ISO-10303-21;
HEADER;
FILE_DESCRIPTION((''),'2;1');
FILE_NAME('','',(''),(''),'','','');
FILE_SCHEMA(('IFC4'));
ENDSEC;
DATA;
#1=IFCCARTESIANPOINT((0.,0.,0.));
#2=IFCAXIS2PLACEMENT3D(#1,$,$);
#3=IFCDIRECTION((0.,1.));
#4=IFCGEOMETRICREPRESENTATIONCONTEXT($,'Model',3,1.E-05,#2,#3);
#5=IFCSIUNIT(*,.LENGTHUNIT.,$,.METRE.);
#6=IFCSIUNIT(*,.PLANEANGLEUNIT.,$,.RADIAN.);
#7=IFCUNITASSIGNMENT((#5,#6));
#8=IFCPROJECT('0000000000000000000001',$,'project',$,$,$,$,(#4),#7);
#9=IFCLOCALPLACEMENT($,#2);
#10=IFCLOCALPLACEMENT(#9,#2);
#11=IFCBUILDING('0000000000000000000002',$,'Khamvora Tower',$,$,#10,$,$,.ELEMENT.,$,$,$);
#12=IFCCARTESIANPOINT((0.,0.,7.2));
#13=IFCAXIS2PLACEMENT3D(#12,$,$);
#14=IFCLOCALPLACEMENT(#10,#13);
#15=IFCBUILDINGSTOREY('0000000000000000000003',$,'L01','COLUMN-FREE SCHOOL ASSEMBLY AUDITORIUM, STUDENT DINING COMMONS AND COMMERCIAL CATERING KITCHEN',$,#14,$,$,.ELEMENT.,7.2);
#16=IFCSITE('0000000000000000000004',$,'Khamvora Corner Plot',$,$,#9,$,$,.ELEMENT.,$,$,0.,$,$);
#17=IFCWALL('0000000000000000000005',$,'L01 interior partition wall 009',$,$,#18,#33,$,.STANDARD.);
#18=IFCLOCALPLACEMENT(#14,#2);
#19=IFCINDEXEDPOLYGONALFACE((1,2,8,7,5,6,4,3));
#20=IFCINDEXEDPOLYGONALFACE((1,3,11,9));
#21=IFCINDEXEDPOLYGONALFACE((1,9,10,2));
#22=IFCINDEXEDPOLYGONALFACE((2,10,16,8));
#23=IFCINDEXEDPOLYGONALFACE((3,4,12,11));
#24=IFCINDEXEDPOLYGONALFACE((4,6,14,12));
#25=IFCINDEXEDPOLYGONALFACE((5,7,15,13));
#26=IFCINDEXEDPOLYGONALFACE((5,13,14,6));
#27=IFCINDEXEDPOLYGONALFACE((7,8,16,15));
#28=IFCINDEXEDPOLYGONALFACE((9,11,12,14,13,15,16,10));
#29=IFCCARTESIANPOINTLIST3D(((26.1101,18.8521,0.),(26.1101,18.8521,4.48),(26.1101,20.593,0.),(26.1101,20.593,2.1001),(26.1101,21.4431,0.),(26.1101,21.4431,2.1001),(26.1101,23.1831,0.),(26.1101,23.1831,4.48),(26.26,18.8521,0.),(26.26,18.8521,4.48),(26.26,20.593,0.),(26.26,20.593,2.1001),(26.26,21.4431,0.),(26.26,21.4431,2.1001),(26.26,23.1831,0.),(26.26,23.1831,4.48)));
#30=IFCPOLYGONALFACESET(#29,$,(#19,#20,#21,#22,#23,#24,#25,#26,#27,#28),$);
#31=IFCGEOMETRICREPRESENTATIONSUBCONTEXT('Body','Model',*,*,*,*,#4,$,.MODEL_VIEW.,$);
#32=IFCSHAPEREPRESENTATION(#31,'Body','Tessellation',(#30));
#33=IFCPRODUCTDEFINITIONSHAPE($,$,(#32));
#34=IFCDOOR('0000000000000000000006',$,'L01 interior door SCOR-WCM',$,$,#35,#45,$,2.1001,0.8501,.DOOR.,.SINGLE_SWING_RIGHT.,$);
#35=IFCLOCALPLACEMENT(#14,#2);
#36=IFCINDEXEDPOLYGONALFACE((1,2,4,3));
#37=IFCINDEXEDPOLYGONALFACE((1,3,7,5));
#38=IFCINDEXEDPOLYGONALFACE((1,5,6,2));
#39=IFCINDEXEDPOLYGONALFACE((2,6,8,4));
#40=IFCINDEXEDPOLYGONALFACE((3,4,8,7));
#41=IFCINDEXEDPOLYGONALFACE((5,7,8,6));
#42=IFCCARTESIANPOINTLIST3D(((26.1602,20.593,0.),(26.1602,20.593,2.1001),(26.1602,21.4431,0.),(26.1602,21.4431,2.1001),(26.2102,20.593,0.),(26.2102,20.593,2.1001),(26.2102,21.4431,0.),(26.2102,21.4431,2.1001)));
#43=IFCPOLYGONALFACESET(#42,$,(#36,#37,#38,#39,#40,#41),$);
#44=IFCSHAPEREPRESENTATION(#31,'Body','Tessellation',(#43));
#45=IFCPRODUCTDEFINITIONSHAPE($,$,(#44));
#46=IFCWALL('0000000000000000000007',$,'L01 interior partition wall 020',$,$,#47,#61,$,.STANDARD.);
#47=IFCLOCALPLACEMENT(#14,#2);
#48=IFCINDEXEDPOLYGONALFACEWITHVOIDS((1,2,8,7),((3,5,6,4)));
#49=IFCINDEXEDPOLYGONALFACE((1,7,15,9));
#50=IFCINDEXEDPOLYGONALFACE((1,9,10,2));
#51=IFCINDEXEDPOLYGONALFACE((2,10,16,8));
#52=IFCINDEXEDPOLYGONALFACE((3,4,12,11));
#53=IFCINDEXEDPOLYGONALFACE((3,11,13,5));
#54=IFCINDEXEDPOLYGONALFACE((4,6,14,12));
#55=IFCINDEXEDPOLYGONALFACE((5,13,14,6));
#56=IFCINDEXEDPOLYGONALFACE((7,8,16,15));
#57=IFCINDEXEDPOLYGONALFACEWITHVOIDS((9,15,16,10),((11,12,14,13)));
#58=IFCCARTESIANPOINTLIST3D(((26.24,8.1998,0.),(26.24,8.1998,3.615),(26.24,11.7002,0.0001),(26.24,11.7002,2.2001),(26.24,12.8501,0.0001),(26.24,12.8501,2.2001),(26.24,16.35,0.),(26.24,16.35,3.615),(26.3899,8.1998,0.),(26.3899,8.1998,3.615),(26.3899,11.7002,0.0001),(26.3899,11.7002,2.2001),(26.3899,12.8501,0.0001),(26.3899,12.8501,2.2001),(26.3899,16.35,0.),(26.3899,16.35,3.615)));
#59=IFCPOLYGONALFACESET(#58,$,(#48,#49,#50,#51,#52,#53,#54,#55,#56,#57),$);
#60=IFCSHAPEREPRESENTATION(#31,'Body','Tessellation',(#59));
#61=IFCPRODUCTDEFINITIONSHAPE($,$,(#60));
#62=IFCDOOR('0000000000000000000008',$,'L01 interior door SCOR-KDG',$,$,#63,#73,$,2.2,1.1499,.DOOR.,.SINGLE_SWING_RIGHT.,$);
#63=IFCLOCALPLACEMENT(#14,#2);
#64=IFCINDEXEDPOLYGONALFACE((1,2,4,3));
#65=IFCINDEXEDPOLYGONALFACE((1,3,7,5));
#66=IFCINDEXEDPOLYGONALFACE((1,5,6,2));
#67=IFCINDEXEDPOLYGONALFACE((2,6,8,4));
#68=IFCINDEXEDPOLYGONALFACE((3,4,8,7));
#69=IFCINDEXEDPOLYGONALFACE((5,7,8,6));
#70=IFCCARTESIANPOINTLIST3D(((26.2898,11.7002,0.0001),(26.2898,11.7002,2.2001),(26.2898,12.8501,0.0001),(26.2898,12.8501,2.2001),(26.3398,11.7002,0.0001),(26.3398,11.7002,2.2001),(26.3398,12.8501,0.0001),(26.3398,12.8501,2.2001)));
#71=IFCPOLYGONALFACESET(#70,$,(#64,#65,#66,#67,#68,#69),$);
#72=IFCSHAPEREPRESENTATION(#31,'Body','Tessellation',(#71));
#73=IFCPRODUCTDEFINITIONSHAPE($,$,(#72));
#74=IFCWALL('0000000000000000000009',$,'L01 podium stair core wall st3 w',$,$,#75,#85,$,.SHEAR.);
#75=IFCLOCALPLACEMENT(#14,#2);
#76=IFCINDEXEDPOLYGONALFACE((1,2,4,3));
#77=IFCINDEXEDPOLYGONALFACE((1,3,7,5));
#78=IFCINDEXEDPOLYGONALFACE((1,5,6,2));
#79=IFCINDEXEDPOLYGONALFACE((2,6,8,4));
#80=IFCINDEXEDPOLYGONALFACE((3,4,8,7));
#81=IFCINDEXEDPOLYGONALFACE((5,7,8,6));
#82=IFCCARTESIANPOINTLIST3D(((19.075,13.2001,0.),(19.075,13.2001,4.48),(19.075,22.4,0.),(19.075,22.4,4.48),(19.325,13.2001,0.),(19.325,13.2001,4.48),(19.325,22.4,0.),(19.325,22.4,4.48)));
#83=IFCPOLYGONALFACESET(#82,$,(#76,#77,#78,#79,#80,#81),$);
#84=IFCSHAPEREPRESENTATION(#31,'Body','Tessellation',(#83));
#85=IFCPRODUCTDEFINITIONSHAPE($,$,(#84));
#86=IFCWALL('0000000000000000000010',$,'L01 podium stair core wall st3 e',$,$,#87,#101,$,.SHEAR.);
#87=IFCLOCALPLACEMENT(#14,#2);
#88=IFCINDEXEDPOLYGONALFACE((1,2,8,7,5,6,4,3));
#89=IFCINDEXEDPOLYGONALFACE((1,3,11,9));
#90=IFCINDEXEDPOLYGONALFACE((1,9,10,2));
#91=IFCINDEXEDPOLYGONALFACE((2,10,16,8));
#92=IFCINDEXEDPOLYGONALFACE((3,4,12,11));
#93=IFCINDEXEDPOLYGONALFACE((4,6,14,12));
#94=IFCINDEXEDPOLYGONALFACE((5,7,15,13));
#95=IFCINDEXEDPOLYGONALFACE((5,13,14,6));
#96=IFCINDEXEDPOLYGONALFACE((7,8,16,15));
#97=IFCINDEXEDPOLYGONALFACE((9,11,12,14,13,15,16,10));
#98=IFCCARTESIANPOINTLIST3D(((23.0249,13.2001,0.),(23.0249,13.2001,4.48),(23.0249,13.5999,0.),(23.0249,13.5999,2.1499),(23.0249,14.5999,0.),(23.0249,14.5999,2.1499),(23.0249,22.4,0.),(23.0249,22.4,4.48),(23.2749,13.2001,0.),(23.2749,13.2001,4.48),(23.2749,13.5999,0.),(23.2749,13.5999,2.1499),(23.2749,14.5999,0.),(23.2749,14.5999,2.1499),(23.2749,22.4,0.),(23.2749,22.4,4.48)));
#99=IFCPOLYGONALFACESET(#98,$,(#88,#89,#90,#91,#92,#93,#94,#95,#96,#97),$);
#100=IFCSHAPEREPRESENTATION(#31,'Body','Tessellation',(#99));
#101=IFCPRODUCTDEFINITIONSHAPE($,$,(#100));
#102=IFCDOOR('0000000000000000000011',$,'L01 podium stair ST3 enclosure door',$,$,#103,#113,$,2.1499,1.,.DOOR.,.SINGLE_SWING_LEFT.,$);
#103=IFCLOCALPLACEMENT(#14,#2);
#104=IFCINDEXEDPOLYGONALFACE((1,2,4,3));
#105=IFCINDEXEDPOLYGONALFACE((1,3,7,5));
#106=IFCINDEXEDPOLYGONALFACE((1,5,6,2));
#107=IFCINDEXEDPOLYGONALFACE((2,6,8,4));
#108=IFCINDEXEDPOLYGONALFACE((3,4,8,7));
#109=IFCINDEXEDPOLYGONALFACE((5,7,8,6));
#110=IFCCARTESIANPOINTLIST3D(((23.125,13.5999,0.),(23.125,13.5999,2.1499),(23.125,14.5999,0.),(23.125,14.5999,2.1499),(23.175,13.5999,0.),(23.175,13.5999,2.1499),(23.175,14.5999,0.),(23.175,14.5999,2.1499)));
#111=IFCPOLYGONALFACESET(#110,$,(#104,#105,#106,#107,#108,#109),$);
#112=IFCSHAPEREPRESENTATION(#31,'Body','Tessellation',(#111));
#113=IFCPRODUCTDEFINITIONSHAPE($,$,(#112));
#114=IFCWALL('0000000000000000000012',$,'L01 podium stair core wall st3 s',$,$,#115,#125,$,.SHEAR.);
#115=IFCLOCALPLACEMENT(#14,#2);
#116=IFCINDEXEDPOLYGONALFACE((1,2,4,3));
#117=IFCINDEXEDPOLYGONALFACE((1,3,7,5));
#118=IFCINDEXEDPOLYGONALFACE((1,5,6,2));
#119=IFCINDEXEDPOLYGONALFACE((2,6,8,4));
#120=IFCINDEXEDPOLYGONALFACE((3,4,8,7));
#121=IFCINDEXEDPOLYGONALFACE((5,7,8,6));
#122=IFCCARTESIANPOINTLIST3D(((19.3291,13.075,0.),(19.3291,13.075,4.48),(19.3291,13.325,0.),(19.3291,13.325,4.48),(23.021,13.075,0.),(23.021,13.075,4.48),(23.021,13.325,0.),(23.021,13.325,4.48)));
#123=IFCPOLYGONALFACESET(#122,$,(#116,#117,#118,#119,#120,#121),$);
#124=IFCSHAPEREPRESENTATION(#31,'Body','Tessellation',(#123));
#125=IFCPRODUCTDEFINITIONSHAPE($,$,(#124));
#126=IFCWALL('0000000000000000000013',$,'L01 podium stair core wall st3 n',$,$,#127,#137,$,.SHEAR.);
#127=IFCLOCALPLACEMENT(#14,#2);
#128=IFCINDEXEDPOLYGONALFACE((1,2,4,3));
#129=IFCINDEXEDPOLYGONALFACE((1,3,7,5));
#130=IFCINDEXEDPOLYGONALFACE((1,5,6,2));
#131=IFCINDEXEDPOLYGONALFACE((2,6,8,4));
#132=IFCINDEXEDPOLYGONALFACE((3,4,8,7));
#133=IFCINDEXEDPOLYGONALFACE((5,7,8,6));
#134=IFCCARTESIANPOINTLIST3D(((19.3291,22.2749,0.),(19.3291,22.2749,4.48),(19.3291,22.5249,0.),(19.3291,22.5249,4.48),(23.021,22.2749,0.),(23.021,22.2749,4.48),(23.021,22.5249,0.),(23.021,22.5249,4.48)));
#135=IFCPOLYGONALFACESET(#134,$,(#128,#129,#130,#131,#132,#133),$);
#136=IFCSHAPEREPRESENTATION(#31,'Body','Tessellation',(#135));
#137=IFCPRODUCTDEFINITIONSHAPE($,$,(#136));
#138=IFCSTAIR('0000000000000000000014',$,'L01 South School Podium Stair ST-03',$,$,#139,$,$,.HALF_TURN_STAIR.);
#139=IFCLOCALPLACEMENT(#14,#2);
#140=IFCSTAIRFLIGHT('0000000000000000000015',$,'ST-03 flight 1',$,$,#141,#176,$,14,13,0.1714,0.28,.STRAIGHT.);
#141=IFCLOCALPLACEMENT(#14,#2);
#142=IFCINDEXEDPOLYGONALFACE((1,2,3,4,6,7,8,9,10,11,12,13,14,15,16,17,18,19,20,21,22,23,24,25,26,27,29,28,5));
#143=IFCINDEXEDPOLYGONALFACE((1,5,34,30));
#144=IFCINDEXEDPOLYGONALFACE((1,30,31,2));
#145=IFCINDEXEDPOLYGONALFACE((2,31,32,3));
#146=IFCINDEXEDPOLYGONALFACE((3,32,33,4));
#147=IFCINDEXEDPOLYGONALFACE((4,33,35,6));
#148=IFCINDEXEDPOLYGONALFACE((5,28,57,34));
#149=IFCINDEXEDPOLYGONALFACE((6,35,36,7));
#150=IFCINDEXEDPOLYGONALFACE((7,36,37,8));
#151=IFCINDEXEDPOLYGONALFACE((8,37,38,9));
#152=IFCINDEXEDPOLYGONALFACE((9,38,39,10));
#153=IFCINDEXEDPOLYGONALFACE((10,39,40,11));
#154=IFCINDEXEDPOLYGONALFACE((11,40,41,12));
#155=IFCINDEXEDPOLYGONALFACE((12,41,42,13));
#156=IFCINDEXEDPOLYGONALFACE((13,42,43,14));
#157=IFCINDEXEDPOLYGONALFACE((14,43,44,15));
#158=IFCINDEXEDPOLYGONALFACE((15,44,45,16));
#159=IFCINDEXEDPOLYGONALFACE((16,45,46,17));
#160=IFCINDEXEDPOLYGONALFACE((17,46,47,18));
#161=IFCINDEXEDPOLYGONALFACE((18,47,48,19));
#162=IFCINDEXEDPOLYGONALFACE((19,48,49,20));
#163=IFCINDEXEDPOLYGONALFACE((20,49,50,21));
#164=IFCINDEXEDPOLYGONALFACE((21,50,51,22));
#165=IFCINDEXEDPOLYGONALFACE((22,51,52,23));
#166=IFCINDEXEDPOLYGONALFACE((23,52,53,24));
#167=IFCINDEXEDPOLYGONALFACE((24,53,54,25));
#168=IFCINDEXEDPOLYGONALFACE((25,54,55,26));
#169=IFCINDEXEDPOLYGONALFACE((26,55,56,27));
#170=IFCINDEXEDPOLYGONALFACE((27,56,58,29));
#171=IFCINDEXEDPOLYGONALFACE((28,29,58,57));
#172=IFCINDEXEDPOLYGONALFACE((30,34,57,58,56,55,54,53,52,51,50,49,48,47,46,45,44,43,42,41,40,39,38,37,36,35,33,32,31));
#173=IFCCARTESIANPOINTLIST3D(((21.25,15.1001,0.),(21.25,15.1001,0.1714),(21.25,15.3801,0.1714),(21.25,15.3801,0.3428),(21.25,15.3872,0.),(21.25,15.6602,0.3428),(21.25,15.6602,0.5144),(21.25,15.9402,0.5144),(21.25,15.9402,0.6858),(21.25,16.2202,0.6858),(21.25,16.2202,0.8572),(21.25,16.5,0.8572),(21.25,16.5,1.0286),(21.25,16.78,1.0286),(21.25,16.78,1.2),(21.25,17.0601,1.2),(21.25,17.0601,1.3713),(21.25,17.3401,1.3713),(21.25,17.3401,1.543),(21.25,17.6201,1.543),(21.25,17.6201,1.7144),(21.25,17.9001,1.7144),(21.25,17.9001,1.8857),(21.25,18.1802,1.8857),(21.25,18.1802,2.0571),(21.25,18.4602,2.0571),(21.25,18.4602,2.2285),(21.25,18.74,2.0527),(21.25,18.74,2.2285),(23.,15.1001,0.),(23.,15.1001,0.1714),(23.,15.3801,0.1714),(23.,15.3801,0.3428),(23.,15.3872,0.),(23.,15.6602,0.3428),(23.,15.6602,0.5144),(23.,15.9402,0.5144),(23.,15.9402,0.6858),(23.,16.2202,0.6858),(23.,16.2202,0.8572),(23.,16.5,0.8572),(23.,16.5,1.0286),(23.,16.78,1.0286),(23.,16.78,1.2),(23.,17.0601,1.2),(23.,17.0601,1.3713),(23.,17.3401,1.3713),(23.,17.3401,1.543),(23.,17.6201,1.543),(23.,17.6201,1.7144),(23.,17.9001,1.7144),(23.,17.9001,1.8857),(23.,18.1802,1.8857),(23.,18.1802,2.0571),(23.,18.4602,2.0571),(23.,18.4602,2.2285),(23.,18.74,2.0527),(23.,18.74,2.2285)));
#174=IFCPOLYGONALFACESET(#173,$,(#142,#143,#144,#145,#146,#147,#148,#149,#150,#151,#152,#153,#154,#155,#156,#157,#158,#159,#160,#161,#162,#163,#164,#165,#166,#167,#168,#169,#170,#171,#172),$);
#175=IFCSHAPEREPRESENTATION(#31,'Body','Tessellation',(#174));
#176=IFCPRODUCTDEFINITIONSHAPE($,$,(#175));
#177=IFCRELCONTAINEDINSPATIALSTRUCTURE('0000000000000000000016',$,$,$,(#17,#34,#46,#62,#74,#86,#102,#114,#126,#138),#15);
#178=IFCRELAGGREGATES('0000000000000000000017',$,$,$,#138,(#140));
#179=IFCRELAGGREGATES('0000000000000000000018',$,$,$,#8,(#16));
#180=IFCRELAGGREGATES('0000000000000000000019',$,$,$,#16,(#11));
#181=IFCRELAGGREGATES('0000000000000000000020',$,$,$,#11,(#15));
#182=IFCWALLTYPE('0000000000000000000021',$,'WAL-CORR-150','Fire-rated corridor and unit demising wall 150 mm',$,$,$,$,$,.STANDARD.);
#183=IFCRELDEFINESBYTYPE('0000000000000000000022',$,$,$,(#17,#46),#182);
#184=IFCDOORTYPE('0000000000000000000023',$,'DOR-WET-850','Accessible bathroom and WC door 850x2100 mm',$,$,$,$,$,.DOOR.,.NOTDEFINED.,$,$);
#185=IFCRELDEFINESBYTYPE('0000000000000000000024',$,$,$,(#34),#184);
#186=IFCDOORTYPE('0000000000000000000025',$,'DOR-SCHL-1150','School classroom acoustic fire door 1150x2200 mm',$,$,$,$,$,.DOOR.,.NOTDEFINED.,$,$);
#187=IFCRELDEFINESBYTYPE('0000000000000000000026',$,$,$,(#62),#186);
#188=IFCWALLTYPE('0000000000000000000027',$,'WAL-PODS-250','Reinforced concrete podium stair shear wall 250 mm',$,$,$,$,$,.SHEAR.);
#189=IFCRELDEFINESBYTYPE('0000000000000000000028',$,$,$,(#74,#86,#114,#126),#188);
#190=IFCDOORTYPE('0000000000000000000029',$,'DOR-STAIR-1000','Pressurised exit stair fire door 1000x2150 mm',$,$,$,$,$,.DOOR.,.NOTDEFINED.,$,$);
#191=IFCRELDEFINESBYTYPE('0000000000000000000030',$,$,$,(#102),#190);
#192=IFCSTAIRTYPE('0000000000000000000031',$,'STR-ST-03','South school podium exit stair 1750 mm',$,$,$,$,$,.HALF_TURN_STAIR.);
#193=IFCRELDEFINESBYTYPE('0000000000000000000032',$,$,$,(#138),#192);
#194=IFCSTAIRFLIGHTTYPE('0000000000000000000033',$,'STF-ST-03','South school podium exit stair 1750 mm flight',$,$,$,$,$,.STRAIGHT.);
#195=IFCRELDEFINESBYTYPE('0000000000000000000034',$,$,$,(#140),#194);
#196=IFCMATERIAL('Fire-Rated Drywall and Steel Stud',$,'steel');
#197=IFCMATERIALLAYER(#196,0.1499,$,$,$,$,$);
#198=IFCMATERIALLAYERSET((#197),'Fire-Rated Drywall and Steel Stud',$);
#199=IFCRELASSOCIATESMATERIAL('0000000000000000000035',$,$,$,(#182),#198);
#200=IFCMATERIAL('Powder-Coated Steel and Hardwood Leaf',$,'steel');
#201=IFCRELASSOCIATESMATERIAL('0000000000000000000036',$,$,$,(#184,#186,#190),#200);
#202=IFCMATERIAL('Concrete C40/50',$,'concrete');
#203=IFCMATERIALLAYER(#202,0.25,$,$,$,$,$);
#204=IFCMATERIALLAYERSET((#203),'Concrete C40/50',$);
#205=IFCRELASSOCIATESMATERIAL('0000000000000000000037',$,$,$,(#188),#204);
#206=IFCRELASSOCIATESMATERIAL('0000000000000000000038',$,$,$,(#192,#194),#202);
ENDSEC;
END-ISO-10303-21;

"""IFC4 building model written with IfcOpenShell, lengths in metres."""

from ifc_helpers import new_model, si_unit, direction, frame, frame_2d, origin, place, context, subcontext, project, spatial, polyline, rectangle, outline, extrude, material, layer, layer_set, type_object, element, fill, aggregate, save


model = new_model("IFC4")

# Units and contexts
model_context = context("Model", 3, precision=1e-05, world=origin(), true_north=direction((0.0, 1.0)))
body_context = subcontext(model_context, "Body", "Model", "MODEL_VIEW")
ifc_project = project(units=[si_unit("LENGTHUNIT", "METRE"), si_unit("PLANEANGLEUNIT", "RADIAN")], contexts=[model_context])

# Site, building, storey
site_placement = place(None, origin())
site = spatial("IfcSite", under=ifc_project, at=site_placement, Name="Khamvora Corner Plot", CompositionType="ELEMENT", RefElevation=0.0)
building_placement = place(site_placement, origin())
building = spatial("IfcBuilding", under=site, at=building_placement, Name="Khamvora Tower", CompositionType="ELEMENT")
storey_placement = place(building_placement, frame((0.0, 0.0, 7.2)))
storey = spatial("IfcBuildingStorey", under=building, at=storey_placement, Name="L01", Description="COLUMN-FREE SCHOOL ASSEMBLY AUDITORIUM, STUDENT DINING COMMONS AND COMMERCIAL CATERING KITCHEN", CompositionType="ELEMENT", Elevation=7.2)

# Shared definitions
ifc_material_1 = material(Name="Fire-Rated Drywall and Steel Stud", Category="steel")
ifc_layer_1 = layer(ifc_material_1, 0.1499)
ifc_layer_set_1 = layer_set([ifc_layer_1], Name="Fire-Rated Drywall and Steel Stud")
wall_type_1 = type_object("IfcWallType", Name="WAL-CORR-150", Description="Fire-rated corridor and unit demising wall 150 mm", PredefinedType="STANDARD", material=ifc_layer_set_1)

# Walls, openings, doors
wall_1_placement = place(storey_placement, frame((26.1851, 18.8521, 0.0), z_axis=(0.0, 0.0, 1.0), x_axis=(0.0, 1.0, 0.0)))
wall_1 = element("IfcWall", 1, at=wall_1_placement, inside=storey, type_object=wall_type_1, Name="L01 interior partition wall 009", PredefinedType="STANDARD", context=body_context, shape_type="SweptSolid", body=[
    extrude(rectangle(XDim=4.3311, YDim=0.1499, at=frame_2d((2.1655, 0.0))), origin(), (0.0, 0.0, 1.0), 4.48),
])
opening_1_placement = place(wall_1_placement, frame((1.741, 0.0, 0.0)))
opening_1 = element("IfcOpeningElement", 2, at=opening_1_placement, cuts=wall_1, PredefinedType="OPENING", context=body_context, shape_type="SweptSolid", body=[
    extrude(rectangle(XDim=0.8501, YDim=2.1001, at=frame_2d((0.425, 1.05))), frame((0.0, 0.085, 0.0), z_axis=(0.0, -1.0, 0.0), x_axis=(1.0, 0.0, 0.0)), (0.0, 0.0, 1.0), 0.1699),
])
ifc_material_2 = material(Name="Powder-Coated Steel and Hardwood Leaf", Category="steel")
door_type_1 = type_object("IfcDoorType", Name="DOR-WET-850", Description="Accessible bathroom and WC door 850x2100 mm", OperationType="NOTDEFINED", PredefinedType="DOOR", material=ifc_material_2)
door_1_placement = place(opening_1_placement, origin())
door_1 = element("IfcDoor", 3, at=door_1_placement, inside=storey, type_object=door_type_1, Name="L01 interior door SCOR-WCM", OperationType="SINGLE_SWING_RIGHT", OverallHeight=2.1001, OverallWidth=0.8501, PredefinedType="DOOR", context=body_context, shape_type="SweptSolid", body=[
    extrude(rectangle(XDim=0.8501, YDim=2.1001, at=frame_2d((0.425, 1.05))), frame((0.0, 0.0249, 0.0), z_axis=(0.0, -1.0, 0.0), x_axis=(1.0, 0.0, 0.0)), (0.0, 0.0, 1.0), 0.05),
])
fill(opening_1, door_1)
wall_2_placement = place(storey_placement, frame((26.3149, 16.3501, 0.0), z_axis=(0.0, 0.0, 1.0), x_axis=(0.0, -1.0, 0.0)))
wall_2 = element("IfcWall", 4, at=wall_2_placement, inside=storey, type_object=wall_type_1, Name="L01 interior partition wall 020", PredefinedType="STANDARD", context=body_context, shape_type="SweptSolid", body=[
    extrude(rectangle(XDim=8.1501, YDim=0.1499, at=frame_2d((4.0752, 0.0))), origin(), (0.0, 0.0, 1.0), 3.615),
])
opening_2_placement = place(wall_2_placement, frame((3.5, 0.0, 0.0)))
opening_2 = element("IfcOpeningElement", 5, at=opening_2_placement, cuts=wall_2, PredefinedType="OPENING", context=body_context, shape_type="SweptSolid", body=[
    extrude(rectangle(XDim=1.1499, YDim=2.2, at=frame_2d((0.575, 1.1001))), frame((0.0, 0.085, 0.0), z_axis=(0.0, -1.0, 0.0), x_axis=(1.0, 0.0, 0.0)), (0.0, 0.0, 1.0), 0.1699),
])
door_type_2 = type_object("IfcDoorType", Name="DOR-SCHL-1150", Description="School classroom acoustic fire door 1150x2200 mm", OperationType="NOTDEFINED", PredefinedType="DOOR", material=ifc_material_2)
door_2_placement = place(opening_2_placement, origin())
door_2 = element("IfcDoor", 6, at=door_2_placement, inside=storey, type_object=door_type_2, Name="L01 interior door SCOR-KDG", OperationType="SINGLE_SWING_RIGHT", OverallHeight=2.2, OverallWidth=1.1499, PredefinedType="DOOR", context=body_context, shape_type="SweptSolid", body=[
    extrude(rectangle(XDim=1.1499, YDim=2.2, at=frame_2d((0.575, 1.1001))), frame((0.0, 0.0249, 0.0), z_axis=(0.0, -1.0, 0.0), x_axis=(1.0, 0.0, 0.0)), (0.0, 0.0, 1.0), 0.05),
])
fill(opening_2, door_2)

# Wall
ifc_material_3 = material(Name="Concrete C40/50", Category="concrete")
ifc_layer_2 = layer(ifc_material_3, 0.25)
ifc_layer_set_2 = layer_set([ifc_layer_2], Name="Concrete C40/50")
wall_type_2 = type_object("IfcWallType", Name="WAL-PODS-250", Description="Reinforced concrete podium stair shear wall 250 mm", PredefinedType="SHEAR", material=ifc_layer_set_2)
wall_3_placement = place(storey_placement, frame((19.2, 13.2, 0.0), z_axis=(0.0, 0.0, 1.0), x_axis=(0.0, 1.0, 0.0)))
element("IfcWall", 7, at=wall_3_placement, inside=storey, type_object=wall_type_2, Name="L01 podium stair core wall st3 w", PredefinedType="SHEAR", context=body_context, shape_type="SweptSolid", body=[
    extrude(rectangle(XDim=9.2, YDim=0.25, at=frame_2d((4.6001, 0.0))), origin(), (0.0, 0.0, 1.0), 4.48),
])

# Wall, opening, door
wall_4_placement = place(storey_placement, frame((23.1499, 13.2, 0.0), z_axis=(0.0, 0.0, 1.0), x_axis=(0.0, 1.0, 0.0)))
wall_4 = element("IfcWall", 8, at=wall_4_placement, inside=storey, type_object=wall_type_2, Name="L01 podium stair core wall st3 e", PredefinedType="SHEAR", context=body_context, shape_type="SweptSolid", body=[
    extrude(rectangle(XDim=9.2, YDim=0.25, at=frame_2d((4.6001, 0.0))), origin(), (0.0, 0.0, 1.0), 4.48),
])
opening_3_placement = place(wall_4_placement, frame((0.3999, 0.0, 0.0)))
opening_3 = element("IfcOpeningElement", 9, at=opening_3_placement, cuts=wall_4, PredefinedType="OPENING", context=body_context, shape_type="SweptSolid", body=[
    extrude(rectangle(XDim=1.0, YDim=2.1499, at=frame_2d((0.5, 1.075))), frame((0.0, 0.135, 0.0), z_axis=(0.0, -1.0, 0.0), x_axis=(1.0, 0.0, 0.0)), (0.0, 0.0, 1.0), 0.27),
])
door_type_3 = type_object("IfcDoorType", Name="DOR-STAIR-1000", Description="Pressurised exit stair fire door 1000x2150 mm", OperationType="NOTDEFINED", PredefinedType="DOOR", material=ifc_material_2)
door_3_placement = place(opening_3_placement, origin())
door_3 = element("IfcDoor", 10, at=door_3_placement, inside=storey, type_object=door_type_3, Name="L01 podium stair ST3 enclosure door", OperationType="SINGLE_SWING_LEFT", OverallHeight=2.1499, OverallWidth=1.0, PredefinedType="DOOR", context=body_context, shape_type="SweptSolid", body=[
    extrude(rectangle(XDim=1.0, YDim=2.1499, at=frame_2d((0.5, 1.075))), frame((0.0, 0.0249, 0.0), z_axis=(0.0, -1.0, 0.0), x_axis=(1.0, 0.0, 0.0)), (0.0, 0.0, 1.0), 0.05),
])
fill(opening_3, door_3)

# Walls
for number, where, z_axis, x_axis, name in (
    (11, (19.3291, 13.2, 0.0), (0.0, 0.0, 1.0), (1.0, 0.0, 0.0), "L01 podium stair core wall st3 s"),
    (12, (19.3291, 22.3999, 0.0), (0.0, 0.0, 1.0), (1.0, 0.0, 0.0), "L01 podium stair core wall st3 n"),
):
    element("IfcWall", number, at=place(storey_placement, frame(where, z_axis=z_axis, x_axis=x_axis)), inside=storey, type_object=wall_type_2, Name=name, PredefinedType="SHEAR", context=body_context, shape_type="SweptSolid", body=[
        extrude(rectangle(XDim=3.6919, YDim=0.25, at=frame_2d((1.8459, 0.0))), origin(), (0.0, 0.0, 1.0), 4.48),
    ])

# Stair, stair flight
stair_type = type_object("IfcStairType", Name="STR-ST-03", Description="South school podium exit stair 1750 mm", PredefinedType="HALF_TURN_STAIR", material=ifc_material_3)
stair_placement = place(storey_placement, origin())
stair = element("IfcStair", 13, at=stair_placement, inside=storey, type_object=stair_type, Name="L01 South School Podium Stair ST-03", PredefinedType="HALF_TURN_STAIR")
stair_flight_type = type_object("IfcStairFlightType", Name="STF-ST-03", Description="South school podium exit stair 1750 mm flight", PredefinedType="STRAIGHT", material=ifc_material_3)
stair_flight_1_placement = place(storey_placement, frame((22.125, 15.1001, 0.0), z_axis=(0.0, 0.0, 1.0), x_axis=(0.0, 1.0, 0.0)))
stair_flight_1 = element("IfcStairFlight", 14, at=stair_flight_1_placement, type_object=stair_flight_type, Name="ST-03 flight 1", NumberOfRisers=14, NumberOfTreads=13, PredefinedType="STRAIGHT", RiserHeight=0.1714, TreadLength=0.28, context=body_context, shape_type="SweptSolid", body=[
    extrude(outline(polyline([(0.0, 0.0), (0.0, 0.1714), (0.28, 0.1714), (0.28, 0.3428), (0.5601, 0.3428), (0.5601, 0.5144), (0.8401, 0.5144), (0.8401, 0.6858), (1.1201, 0.6858), (1.1201, 0.8572), (1.3999, 0.8572), (1.3999, 1.0286), (1.6799, 1.0286), (1.6799, 1.2), (1.96, 1.2), (1.96, 1.3713), (2.24, 1.3713), (2.24, 1.543), (2.52, 1.543), (2.52, 1.7144), (2.8, 1.7144), (2.8, 1.8857), (3.0801, 1.8857), (3.0801, 2.0571), (3.3601, 2.0571), (3.3601, 2.2285), (3.6399, 2.2285), (3.6399, 2.3999), (3.6399, 2.0527), (0.2871, 0.0), (0.0, 0.0)])), frame((0.0, 0.875, 0.0), z_axis=(0.0, -1.0, 0.0), x_axis=(1.0, 0.0, 0.0)), (0.0, 0.0, 1.0), 1.75),
])
aggregate(stair, [stair_flight_1])

save(model, "model.ifc")
